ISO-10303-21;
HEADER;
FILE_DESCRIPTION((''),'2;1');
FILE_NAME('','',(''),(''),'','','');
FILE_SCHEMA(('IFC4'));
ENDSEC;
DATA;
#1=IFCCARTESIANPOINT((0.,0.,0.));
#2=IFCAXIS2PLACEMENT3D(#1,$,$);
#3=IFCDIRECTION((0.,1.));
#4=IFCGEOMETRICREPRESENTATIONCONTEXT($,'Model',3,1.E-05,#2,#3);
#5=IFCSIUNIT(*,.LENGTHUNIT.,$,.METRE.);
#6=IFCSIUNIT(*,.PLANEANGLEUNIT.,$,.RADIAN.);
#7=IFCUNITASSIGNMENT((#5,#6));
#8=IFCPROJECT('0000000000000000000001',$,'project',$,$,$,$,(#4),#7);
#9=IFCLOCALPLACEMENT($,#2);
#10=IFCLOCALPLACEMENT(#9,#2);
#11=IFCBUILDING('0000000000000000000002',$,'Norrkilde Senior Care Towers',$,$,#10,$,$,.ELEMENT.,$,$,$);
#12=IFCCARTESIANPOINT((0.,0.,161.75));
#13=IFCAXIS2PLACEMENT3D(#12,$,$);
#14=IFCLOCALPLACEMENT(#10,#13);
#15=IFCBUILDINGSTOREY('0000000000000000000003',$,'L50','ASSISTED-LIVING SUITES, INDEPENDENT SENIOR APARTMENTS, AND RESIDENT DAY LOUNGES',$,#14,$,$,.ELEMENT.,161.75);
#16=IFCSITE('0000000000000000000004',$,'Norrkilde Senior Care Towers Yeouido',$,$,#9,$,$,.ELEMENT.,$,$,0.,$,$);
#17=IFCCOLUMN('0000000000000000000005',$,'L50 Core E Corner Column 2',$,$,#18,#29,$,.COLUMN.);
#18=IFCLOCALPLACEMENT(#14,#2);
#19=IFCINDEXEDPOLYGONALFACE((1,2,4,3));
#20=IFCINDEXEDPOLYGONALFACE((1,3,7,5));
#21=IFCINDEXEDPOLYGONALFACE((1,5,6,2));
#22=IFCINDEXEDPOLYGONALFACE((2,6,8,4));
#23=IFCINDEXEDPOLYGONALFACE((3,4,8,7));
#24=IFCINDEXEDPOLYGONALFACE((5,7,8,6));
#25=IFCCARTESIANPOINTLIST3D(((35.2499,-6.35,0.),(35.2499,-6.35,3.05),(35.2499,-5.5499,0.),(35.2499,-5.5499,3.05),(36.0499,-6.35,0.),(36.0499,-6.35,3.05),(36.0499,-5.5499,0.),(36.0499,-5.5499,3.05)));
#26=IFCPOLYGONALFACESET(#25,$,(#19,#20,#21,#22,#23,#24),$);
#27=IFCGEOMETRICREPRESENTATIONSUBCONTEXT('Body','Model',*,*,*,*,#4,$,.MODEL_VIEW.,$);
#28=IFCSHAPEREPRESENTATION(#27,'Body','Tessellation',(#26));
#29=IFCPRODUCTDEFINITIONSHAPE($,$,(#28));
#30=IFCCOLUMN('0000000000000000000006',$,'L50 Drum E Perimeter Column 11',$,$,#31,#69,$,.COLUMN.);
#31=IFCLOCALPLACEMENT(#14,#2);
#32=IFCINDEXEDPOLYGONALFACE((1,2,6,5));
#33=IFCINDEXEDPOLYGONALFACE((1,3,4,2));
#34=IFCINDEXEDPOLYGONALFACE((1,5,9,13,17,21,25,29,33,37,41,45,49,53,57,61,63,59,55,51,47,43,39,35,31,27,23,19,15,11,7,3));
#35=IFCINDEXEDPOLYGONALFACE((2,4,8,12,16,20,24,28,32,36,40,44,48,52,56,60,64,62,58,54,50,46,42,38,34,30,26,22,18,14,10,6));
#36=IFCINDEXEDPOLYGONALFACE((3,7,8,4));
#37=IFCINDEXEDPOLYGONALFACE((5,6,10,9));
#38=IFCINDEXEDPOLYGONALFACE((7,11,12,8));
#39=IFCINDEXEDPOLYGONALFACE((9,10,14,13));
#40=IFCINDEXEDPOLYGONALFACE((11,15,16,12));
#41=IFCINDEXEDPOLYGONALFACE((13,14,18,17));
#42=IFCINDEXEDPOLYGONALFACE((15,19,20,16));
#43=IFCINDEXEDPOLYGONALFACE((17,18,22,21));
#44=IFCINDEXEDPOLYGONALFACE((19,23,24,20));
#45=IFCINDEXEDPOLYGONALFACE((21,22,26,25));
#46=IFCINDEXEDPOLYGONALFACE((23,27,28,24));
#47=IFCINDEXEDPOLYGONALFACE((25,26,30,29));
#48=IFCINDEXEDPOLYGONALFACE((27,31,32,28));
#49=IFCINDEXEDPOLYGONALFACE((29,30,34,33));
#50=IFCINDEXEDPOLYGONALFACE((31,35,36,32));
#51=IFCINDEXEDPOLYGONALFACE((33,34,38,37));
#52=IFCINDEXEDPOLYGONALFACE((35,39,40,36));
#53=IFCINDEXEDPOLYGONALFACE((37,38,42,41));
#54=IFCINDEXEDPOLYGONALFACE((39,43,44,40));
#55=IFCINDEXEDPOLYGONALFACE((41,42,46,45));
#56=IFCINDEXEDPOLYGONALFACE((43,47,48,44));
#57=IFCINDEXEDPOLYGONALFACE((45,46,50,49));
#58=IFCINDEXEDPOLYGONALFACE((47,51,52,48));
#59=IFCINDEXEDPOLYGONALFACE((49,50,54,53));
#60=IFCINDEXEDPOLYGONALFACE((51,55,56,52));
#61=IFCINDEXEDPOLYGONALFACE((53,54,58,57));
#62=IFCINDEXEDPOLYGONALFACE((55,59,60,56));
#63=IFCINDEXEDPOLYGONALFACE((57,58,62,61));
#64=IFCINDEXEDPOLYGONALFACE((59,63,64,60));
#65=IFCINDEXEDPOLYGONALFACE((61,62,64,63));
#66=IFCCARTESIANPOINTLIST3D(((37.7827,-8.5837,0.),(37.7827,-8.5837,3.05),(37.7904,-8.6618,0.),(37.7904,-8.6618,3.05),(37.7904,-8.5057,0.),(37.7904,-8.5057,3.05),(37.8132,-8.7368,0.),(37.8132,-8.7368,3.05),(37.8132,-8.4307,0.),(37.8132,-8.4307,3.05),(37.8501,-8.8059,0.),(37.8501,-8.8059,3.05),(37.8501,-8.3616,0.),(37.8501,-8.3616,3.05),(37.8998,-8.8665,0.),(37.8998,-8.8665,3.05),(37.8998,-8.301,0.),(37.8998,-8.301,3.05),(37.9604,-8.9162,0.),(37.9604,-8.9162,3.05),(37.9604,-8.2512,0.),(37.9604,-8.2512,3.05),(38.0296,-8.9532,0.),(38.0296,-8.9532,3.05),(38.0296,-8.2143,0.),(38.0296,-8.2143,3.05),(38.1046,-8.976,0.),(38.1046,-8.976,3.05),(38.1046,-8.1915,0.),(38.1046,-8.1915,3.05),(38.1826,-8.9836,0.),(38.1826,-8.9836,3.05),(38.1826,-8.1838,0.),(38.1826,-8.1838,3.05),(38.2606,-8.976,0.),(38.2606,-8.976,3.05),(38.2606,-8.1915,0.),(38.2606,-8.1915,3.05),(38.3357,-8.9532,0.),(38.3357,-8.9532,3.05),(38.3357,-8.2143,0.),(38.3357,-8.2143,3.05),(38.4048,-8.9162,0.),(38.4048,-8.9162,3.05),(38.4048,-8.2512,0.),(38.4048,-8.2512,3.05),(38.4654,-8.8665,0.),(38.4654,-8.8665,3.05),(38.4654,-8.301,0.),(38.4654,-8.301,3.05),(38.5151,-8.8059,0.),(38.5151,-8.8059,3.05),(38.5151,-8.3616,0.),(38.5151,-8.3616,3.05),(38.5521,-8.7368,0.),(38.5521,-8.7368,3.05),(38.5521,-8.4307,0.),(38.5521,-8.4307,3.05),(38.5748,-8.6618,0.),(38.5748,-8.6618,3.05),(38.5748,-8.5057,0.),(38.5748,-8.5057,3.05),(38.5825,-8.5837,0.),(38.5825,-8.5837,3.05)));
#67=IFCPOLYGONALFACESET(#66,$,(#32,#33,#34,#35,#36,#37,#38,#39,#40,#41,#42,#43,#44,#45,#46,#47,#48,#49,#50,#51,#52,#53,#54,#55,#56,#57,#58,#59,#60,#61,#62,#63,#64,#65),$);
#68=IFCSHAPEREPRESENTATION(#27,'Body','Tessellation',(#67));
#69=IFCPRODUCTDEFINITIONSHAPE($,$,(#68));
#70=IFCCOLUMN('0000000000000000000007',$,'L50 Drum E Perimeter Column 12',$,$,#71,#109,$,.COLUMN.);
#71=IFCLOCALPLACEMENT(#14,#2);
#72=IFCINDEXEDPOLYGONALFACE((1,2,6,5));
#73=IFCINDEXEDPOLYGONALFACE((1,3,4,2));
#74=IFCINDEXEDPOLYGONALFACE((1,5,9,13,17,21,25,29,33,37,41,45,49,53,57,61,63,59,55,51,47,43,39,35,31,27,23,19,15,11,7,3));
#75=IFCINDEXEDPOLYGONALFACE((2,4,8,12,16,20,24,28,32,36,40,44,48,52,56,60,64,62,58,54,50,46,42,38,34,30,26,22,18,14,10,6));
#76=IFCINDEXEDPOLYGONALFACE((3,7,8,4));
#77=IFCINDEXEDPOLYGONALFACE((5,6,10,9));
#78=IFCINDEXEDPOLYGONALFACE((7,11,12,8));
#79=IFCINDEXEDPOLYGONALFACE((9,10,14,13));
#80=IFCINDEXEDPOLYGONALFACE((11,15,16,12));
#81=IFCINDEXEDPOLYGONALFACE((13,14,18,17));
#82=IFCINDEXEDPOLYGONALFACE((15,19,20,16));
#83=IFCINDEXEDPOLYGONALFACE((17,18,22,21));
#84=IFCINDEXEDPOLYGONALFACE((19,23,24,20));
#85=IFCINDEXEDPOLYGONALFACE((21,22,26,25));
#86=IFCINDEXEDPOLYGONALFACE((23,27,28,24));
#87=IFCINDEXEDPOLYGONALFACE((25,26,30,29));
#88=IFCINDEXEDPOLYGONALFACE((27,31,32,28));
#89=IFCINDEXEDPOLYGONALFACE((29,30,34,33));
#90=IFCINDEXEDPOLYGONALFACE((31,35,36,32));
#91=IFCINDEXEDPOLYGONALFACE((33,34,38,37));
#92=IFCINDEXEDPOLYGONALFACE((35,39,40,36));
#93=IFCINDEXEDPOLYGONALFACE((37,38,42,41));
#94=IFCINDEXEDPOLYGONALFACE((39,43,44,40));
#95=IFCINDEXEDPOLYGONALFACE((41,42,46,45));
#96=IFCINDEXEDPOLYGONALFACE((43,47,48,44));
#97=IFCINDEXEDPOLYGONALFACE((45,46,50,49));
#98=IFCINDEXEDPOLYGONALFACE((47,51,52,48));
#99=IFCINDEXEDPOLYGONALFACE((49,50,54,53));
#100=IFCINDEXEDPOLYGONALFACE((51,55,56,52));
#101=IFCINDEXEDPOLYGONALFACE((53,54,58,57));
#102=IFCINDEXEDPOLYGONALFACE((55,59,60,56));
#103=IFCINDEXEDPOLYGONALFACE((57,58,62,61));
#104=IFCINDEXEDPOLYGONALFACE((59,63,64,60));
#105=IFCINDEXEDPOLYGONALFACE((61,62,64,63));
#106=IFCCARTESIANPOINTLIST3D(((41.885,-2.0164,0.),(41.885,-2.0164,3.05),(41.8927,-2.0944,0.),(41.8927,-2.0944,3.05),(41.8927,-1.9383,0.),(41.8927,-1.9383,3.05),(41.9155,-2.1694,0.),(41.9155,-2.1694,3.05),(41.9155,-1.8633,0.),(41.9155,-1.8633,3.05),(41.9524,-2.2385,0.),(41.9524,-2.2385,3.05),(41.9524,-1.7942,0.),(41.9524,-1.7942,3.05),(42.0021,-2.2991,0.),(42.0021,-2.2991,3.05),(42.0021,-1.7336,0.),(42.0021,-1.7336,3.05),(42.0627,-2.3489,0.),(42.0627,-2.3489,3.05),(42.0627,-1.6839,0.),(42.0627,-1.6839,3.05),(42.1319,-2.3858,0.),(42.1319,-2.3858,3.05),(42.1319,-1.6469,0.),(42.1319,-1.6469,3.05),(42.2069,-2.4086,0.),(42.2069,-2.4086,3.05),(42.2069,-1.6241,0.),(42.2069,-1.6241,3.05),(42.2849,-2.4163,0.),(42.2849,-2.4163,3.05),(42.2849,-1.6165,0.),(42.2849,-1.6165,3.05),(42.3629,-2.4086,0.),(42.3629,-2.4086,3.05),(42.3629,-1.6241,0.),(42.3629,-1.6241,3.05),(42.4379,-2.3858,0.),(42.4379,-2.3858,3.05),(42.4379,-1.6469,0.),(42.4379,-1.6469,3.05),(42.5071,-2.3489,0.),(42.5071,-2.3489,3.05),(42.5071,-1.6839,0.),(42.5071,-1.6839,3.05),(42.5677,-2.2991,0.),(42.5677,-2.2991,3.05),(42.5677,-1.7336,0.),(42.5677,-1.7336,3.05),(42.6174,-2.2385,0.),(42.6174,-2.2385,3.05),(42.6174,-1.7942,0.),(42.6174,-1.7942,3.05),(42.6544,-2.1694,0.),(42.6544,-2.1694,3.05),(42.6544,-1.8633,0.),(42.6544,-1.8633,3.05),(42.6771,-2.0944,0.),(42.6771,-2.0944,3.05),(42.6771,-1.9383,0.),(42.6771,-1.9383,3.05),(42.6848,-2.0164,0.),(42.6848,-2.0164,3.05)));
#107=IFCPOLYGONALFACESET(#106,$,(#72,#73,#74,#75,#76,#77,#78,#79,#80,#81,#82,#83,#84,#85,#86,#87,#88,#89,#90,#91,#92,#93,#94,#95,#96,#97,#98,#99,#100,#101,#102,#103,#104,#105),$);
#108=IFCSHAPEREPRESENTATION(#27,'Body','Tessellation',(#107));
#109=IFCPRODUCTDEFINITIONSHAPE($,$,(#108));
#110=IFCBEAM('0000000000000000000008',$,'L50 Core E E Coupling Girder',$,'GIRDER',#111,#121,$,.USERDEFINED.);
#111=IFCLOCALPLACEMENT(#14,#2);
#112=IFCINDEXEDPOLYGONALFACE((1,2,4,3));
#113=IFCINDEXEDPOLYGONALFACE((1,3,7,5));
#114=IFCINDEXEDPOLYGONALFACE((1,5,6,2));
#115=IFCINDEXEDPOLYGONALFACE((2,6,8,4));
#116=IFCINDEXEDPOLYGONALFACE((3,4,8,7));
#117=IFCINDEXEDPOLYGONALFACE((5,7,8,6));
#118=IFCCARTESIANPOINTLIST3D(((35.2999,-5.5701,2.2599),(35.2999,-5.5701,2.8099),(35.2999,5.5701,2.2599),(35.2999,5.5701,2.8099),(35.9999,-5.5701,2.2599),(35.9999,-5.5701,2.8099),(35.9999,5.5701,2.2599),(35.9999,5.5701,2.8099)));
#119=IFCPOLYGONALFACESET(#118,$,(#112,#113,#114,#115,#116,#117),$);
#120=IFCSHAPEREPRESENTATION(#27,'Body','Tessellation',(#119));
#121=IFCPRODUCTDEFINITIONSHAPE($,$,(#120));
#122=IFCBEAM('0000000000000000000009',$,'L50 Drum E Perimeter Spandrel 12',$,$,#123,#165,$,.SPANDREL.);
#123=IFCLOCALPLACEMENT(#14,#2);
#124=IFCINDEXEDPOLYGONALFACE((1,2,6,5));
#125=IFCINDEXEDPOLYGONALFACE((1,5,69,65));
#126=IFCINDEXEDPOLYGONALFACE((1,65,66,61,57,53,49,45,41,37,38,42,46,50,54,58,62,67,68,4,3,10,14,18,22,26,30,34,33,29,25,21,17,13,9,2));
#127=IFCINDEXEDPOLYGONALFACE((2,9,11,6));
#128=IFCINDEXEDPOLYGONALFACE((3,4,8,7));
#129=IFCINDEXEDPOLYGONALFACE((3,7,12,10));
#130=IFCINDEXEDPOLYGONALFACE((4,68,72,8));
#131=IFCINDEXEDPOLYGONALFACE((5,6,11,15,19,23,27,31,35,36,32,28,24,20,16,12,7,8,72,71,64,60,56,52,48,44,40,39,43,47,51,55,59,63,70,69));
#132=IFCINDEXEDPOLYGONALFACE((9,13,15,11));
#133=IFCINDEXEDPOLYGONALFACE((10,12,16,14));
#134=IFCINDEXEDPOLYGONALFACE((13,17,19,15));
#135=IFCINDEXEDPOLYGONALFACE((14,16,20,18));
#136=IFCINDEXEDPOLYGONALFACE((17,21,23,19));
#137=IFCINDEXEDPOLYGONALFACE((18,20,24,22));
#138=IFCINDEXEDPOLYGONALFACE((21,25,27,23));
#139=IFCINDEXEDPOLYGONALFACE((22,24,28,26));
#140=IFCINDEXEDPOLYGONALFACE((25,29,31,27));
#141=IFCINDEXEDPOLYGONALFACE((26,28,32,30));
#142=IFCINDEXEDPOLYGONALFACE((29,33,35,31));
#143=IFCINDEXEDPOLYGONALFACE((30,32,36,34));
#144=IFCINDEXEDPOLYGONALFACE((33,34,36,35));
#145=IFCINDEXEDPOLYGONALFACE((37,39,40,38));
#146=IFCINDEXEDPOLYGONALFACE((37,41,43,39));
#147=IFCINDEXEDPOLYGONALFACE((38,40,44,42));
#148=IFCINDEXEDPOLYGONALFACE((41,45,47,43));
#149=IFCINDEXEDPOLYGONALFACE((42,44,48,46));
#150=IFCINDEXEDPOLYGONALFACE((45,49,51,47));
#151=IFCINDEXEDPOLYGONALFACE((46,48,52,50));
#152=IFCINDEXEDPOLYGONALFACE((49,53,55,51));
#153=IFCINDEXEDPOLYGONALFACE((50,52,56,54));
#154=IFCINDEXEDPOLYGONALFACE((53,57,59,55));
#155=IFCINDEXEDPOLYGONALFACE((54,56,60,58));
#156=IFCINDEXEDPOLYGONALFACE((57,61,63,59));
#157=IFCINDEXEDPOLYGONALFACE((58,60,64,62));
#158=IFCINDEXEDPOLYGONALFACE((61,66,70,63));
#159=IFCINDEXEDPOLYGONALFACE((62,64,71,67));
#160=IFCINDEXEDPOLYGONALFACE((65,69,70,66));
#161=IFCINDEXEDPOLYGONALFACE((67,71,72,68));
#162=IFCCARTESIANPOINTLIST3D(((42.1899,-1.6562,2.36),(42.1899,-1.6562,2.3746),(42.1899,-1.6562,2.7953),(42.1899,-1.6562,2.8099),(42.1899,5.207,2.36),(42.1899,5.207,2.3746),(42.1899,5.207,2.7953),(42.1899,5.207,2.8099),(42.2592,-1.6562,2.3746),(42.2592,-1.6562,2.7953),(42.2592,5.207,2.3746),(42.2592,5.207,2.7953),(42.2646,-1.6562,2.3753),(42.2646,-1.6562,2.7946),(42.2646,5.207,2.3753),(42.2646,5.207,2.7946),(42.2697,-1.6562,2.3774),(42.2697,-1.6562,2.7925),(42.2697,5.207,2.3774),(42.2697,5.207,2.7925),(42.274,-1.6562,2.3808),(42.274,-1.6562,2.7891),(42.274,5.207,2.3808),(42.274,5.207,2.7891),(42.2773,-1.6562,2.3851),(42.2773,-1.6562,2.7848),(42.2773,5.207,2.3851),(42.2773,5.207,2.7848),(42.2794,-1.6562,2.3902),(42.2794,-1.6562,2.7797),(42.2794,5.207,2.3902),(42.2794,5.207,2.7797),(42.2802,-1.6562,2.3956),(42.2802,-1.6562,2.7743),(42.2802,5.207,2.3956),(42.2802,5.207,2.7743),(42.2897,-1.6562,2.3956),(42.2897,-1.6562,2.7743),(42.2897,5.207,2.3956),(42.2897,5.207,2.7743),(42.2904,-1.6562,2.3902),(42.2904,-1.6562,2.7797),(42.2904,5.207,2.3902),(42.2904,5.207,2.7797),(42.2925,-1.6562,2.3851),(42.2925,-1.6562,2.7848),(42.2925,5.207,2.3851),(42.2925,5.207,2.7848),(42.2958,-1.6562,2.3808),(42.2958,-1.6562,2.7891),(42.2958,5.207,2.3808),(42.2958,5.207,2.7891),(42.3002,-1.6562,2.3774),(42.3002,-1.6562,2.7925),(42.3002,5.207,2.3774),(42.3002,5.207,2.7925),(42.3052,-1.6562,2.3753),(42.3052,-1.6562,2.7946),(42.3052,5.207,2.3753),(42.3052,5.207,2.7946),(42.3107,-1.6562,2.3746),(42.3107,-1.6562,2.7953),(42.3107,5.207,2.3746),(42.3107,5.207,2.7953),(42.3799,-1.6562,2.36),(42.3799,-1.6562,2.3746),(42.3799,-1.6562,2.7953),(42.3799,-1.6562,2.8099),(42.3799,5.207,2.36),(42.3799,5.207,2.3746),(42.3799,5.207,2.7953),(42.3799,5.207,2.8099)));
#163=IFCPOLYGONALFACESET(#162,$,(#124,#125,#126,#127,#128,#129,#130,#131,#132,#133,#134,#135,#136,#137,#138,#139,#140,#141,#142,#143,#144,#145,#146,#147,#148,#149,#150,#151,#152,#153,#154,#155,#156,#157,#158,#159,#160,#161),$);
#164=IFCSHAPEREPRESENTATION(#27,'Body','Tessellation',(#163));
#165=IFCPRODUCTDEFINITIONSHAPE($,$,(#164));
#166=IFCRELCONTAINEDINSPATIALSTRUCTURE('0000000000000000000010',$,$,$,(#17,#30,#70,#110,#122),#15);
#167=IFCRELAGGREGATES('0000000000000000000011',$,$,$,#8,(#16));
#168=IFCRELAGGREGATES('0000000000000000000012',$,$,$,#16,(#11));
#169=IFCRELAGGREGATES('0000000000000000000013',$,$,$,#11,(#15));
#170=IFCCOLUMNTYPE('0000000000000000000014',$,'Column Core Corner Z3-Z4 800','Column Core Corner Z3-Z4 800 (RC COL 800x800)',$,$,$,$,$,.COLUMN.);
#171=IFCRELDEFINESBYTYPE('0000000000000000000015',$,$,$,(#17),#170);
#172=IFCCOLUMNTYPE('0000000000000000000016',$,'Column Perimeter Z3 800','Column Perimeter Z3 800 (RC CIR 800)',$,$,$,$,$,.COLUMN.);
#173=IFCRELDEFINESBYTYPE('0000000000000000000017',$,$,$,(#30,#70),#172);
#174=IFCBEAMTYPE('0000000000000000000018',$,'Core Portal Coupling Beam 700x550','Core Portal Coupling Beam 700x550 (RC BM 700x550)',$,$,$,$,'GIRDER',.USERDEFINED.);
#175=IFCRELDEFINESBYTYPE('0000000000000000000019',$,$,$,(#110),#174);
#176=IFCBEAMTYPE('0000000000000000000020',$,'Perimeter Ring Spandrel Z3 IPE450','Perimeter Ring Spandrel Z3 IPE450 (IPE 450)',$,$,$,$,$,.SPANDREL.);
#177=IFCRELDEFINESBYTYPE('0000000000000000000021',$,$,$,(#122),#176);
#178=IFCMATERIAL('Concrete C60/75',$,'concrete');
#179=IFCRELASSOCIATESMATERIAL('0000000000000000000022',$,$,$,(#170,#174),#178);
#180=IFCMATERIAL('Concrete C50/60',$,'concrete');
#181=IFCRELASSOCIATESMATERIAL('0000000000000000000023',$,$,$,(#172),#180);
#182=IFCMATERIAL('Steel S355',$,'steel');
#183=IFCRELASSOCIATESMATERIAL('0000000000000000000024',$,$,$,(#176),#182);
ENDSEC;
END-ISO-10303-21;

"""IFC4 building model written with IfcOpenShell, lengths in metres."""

from ifc_helpers import new_model, si_unit, direction, frame, origin, origin_2d, place, context, subcontext, project, spatial, rectangle, circle, i_section, extrude, source, transform, mapped, material, material_profile, profile_set, type_object, type_shapes, element, save


model = new_model("IFC4")

# Units and contexts
model_context = context("Model", 3, precision=1e-05, world=origin(), true_north=direction((0.0, 1.0)))
body_context = subcontext(model_context, "Body", "Model", "MODEL_VIEW")
ifc_project = project(units=[si_unit("LENGTHUNIT", "METRE"), si_unit("PLANEANGLEUNIT", "RADIAN")], contexts=[model_context])

# Site, building, storey
site_placement = place(None, origin())
site = spatial("IfcSite", under=ifc_project, at=site_placement, Name="Norrkilde Senior Care Towers Yeouido", CompositionType="ELEMENT", RefElevation=0.0)
building_placement = place(site_placement, origin())
building = spatial("IfcBuilding", under=site, at=building_placement, Name="Norrkilde Senior Care Towers", CompositionType="ELEMENT")
storey_placement = place(building_placement, frame((0.0, 0.0, 161.75)))
storey = spatial("IfcBuildingStorey", under=building, at=storey_placement, Name="L50", Description="ASSISTED-LIVING SUITES, INDEPENDENT SENIOR APARTMENTS, AND RESIDENT DAY LOUNGES", CompositionType="ELEMENT", Elevation=161.75)

# Columns
ifc_material_1 = material(Name="Concrete C60/75", Category="concrete")
ifc_material_profile_1 = material_profile(ifc_material_1, rectangle(XDim=0.8, YDim=0.8, at=origin_2d()), Name="RC COL 800x800")
ifc_profile_set_1 = profile_set([ifc_material_profile_1], Name="Concrete C60/75")
column_type_1 = type_object("IfcColumnType", Name="Column Core Corner Z3-Z4 800", Description="Column Core Corner Z3-Z4 800 (RC COL 800x800)", PredefinedType="COLUMN", material=ifc_profile_set_1)
shared_shape_1 = source(origin(), body_context, "Body", "SweptSolid", [
    extrude(rectangle(XDim=0.8, YDim=0.8, at=origin_2d()), origin(), (0.0, 0.0, 1.0), 3.05),
])
type_shapes(column_type_1, [shared_shape_1])
column_placement = place(storey_placement, frame((35.6499, -5.95, 0.0), z_axis=(0.0, 0.0, 1.0), x_axis=(1.0, 0.0, 0.0)))
element("IfcColumn", 1, at=column_placement, inside=storey, type_object=column_type_1, Name="L50 Core E Corner Column 2", PredefinedType="COLUMN", context=body_context, shape_type="MappedRepresentation", body=[
    mapped(shared_shape_1, transform((0.0, 0.0, 0.0), x_axis=(1.0, 0.0, 0.0), y_axis=(0.0, 1.0, 0.0), z_axis=(0.0, 0.0, 1.0), scale=1.0)),
])
ifc_material_2 = material(Name="Concrete C50/60", Category="concrete")
ifc_material_profile_2 = material_profile(ifc_material_2, circle(Radius=0.3999, at=origin_2d()), Name="RC CIR 800")
ifc_profile_set_2 = profile_set([ifc_material_profile_2], Name="Concrete C50/60")
column_type_2 = type_object("IfcColumnType", Name="Column Perimeter Z3 800", Description="Column Perimeter Z3 800 (RC CIR 800)", PredefinedType="COLUMN", material=ifc_profile_set_2)
shared_shape_2 = source(origin(), body_context, "Body", "SweptSolid", [
    extrude(circle(Radius=0.3999, at=origin_2d()), origin(), (0.0, 0.0, 1.0), 3.05),
])
type_shapes(column_type_2, [shared_shape_2])
for number, where, z_axis, x_axis, name in (
    (2, (38.1826, -8.5837, 0.0), (0.0, 0.0, 1.0), (1.0, 0.0, 0.0), "L50 Drum E Perimeter Column 11"),
    (3, (42.2849, -2.0164, 0.0), (0.0, 0.0, 1.0), (1.0, 0.0, 0.0), "L50 Drum E Perimeter Column 12"),
):
    element("IfcColumn", number, at=place(storey_placement, frame(where, z_axis=z_axis, x_axis=x_axis)), inside=storey, type_object=column_type_2, Name=name, PredefinedType="COLUMN", context=body_context, shape_type="MappedRepresentation", body=[
        mapped(shared_shape_2, transform((0.0, 0.0, 0.0), x_axis=(1.0, 0.0, 0.0), y_axis=(0.0, 1.0, 0.0), z_axis=(0.0, 0.0, 1.0), scale=1.0)),
    ])

# Beams
ifc_material_profile_3 = material_profile(ifc_material_1, rectangle(XDim=0.7, YDim=0.55, at=origin_2d()), Name="RC BM 700x550")
ifc_profile_set_3 = profile_set([ifc_material_profile_3], Name="Concrete C60/75")
beam_type_1 = type_object("IfcBeamType", Name="Core Portal Coupling Beam 700x550", Description="Core Portal Coupling Beam 700x550 (RC BM 700x550)", ElementType="GIRDER", PredefinedType="USERDEFINED", material=ifc_profile_set_3)
shared_shape_3 = source(origin(), body_context, "Body", "SweptSolid", [
    extrude(rectangle(XDim=0.7, YDim=0.55, at=origin_2d()), origin(), (0.0, 0.0, 1.0), 11.1401),
])
type_shapes(beam_type_1, [shared_shape_3])
beam_1_placement = place(storey_placement, frame((35.6499, -5.5701, 2.5349), z_axis=(0.0, 1.0, 0.0), x_axis=(-1.0, 0.0, 0.0)))
element("IfcBeam", 4, at=beam_1_placement, inside=storey, type_object=beam_type_1, Name="L50 Core E E Coupling Girder", ObjectType="GIRDER", PredefinedType="USERDEFINED", context=body_context, shape_type="MappedRepresentation", body=[
    mapped(shared_shape_3, transform((0.0, 0.0, 0.0), x_axis=(1.0, 0.0, 0.0), y_axis=(0.0, 1.0, 0.0), z_axis=(0.0, 0.0, 1.0), scale=1.0)),
])
ifc_material_3 = material(Name="Steel S355", Category="steel")
ifc_material_profile_4 = material_profile(ifc_material_3, i_section(OverallWidth=0.1899, OverallDepth=0.45, WebThickness=0.0095, FlangeThickness=0.0146, FilletRadius=0.021, at=origin_2d()), Name="IPE 450")
ifc_profile_set_4 = profile_set([ifc_material_profile_4], Name="Steel S355")
beam_type_2 = type_object("IfcBeamType", Name="Perimeter Ring Spandrel Z3 IPE450", Description="Perimeter Ring Spandrel Z3 IPE450 (IPE 450)", PredefinedType="SPANDREL", material=ifc_profile_set_4)
shared_shape_4 = source(origin(), body_context, "Body", "SweptSolid", [
    extrude(i_section(OverallWidth=0.1899, OverallDepth=0.45, WebThickness=0.0095, FlangeThickness=0.0146, FilletRadius=0.021, at=origin_2d()), origin(), (0.0, 0.0, 1.0), 6.8633),
])
beam_2_placement = place(storey_placement, frame((42.2849, -1.6562, 2.585), z_axis=(0.0, 1.0, 0.0), x_axis=(-1.0, 0.0, 0.0)))
element("IfcBeam", 5, at=beam_2_placement, inside=storey, type_object=beam_type_2, Name="L50 Drum E Perimeter Spandrel 12", PredefinedType="SPANDREL", context=body_context, shape_type="MappedRepresentation", body=[
    mapped(shared_shape_4, transform((0.0, 0.0, 0.0), x_axis=(1.0, 0.0, 0.0), y_axis=(0.0, 1.0, 0.0), z_axis=(0.0, 0.0, 1.0), scale=1.0)),
])

save(model, "model.ifc")
